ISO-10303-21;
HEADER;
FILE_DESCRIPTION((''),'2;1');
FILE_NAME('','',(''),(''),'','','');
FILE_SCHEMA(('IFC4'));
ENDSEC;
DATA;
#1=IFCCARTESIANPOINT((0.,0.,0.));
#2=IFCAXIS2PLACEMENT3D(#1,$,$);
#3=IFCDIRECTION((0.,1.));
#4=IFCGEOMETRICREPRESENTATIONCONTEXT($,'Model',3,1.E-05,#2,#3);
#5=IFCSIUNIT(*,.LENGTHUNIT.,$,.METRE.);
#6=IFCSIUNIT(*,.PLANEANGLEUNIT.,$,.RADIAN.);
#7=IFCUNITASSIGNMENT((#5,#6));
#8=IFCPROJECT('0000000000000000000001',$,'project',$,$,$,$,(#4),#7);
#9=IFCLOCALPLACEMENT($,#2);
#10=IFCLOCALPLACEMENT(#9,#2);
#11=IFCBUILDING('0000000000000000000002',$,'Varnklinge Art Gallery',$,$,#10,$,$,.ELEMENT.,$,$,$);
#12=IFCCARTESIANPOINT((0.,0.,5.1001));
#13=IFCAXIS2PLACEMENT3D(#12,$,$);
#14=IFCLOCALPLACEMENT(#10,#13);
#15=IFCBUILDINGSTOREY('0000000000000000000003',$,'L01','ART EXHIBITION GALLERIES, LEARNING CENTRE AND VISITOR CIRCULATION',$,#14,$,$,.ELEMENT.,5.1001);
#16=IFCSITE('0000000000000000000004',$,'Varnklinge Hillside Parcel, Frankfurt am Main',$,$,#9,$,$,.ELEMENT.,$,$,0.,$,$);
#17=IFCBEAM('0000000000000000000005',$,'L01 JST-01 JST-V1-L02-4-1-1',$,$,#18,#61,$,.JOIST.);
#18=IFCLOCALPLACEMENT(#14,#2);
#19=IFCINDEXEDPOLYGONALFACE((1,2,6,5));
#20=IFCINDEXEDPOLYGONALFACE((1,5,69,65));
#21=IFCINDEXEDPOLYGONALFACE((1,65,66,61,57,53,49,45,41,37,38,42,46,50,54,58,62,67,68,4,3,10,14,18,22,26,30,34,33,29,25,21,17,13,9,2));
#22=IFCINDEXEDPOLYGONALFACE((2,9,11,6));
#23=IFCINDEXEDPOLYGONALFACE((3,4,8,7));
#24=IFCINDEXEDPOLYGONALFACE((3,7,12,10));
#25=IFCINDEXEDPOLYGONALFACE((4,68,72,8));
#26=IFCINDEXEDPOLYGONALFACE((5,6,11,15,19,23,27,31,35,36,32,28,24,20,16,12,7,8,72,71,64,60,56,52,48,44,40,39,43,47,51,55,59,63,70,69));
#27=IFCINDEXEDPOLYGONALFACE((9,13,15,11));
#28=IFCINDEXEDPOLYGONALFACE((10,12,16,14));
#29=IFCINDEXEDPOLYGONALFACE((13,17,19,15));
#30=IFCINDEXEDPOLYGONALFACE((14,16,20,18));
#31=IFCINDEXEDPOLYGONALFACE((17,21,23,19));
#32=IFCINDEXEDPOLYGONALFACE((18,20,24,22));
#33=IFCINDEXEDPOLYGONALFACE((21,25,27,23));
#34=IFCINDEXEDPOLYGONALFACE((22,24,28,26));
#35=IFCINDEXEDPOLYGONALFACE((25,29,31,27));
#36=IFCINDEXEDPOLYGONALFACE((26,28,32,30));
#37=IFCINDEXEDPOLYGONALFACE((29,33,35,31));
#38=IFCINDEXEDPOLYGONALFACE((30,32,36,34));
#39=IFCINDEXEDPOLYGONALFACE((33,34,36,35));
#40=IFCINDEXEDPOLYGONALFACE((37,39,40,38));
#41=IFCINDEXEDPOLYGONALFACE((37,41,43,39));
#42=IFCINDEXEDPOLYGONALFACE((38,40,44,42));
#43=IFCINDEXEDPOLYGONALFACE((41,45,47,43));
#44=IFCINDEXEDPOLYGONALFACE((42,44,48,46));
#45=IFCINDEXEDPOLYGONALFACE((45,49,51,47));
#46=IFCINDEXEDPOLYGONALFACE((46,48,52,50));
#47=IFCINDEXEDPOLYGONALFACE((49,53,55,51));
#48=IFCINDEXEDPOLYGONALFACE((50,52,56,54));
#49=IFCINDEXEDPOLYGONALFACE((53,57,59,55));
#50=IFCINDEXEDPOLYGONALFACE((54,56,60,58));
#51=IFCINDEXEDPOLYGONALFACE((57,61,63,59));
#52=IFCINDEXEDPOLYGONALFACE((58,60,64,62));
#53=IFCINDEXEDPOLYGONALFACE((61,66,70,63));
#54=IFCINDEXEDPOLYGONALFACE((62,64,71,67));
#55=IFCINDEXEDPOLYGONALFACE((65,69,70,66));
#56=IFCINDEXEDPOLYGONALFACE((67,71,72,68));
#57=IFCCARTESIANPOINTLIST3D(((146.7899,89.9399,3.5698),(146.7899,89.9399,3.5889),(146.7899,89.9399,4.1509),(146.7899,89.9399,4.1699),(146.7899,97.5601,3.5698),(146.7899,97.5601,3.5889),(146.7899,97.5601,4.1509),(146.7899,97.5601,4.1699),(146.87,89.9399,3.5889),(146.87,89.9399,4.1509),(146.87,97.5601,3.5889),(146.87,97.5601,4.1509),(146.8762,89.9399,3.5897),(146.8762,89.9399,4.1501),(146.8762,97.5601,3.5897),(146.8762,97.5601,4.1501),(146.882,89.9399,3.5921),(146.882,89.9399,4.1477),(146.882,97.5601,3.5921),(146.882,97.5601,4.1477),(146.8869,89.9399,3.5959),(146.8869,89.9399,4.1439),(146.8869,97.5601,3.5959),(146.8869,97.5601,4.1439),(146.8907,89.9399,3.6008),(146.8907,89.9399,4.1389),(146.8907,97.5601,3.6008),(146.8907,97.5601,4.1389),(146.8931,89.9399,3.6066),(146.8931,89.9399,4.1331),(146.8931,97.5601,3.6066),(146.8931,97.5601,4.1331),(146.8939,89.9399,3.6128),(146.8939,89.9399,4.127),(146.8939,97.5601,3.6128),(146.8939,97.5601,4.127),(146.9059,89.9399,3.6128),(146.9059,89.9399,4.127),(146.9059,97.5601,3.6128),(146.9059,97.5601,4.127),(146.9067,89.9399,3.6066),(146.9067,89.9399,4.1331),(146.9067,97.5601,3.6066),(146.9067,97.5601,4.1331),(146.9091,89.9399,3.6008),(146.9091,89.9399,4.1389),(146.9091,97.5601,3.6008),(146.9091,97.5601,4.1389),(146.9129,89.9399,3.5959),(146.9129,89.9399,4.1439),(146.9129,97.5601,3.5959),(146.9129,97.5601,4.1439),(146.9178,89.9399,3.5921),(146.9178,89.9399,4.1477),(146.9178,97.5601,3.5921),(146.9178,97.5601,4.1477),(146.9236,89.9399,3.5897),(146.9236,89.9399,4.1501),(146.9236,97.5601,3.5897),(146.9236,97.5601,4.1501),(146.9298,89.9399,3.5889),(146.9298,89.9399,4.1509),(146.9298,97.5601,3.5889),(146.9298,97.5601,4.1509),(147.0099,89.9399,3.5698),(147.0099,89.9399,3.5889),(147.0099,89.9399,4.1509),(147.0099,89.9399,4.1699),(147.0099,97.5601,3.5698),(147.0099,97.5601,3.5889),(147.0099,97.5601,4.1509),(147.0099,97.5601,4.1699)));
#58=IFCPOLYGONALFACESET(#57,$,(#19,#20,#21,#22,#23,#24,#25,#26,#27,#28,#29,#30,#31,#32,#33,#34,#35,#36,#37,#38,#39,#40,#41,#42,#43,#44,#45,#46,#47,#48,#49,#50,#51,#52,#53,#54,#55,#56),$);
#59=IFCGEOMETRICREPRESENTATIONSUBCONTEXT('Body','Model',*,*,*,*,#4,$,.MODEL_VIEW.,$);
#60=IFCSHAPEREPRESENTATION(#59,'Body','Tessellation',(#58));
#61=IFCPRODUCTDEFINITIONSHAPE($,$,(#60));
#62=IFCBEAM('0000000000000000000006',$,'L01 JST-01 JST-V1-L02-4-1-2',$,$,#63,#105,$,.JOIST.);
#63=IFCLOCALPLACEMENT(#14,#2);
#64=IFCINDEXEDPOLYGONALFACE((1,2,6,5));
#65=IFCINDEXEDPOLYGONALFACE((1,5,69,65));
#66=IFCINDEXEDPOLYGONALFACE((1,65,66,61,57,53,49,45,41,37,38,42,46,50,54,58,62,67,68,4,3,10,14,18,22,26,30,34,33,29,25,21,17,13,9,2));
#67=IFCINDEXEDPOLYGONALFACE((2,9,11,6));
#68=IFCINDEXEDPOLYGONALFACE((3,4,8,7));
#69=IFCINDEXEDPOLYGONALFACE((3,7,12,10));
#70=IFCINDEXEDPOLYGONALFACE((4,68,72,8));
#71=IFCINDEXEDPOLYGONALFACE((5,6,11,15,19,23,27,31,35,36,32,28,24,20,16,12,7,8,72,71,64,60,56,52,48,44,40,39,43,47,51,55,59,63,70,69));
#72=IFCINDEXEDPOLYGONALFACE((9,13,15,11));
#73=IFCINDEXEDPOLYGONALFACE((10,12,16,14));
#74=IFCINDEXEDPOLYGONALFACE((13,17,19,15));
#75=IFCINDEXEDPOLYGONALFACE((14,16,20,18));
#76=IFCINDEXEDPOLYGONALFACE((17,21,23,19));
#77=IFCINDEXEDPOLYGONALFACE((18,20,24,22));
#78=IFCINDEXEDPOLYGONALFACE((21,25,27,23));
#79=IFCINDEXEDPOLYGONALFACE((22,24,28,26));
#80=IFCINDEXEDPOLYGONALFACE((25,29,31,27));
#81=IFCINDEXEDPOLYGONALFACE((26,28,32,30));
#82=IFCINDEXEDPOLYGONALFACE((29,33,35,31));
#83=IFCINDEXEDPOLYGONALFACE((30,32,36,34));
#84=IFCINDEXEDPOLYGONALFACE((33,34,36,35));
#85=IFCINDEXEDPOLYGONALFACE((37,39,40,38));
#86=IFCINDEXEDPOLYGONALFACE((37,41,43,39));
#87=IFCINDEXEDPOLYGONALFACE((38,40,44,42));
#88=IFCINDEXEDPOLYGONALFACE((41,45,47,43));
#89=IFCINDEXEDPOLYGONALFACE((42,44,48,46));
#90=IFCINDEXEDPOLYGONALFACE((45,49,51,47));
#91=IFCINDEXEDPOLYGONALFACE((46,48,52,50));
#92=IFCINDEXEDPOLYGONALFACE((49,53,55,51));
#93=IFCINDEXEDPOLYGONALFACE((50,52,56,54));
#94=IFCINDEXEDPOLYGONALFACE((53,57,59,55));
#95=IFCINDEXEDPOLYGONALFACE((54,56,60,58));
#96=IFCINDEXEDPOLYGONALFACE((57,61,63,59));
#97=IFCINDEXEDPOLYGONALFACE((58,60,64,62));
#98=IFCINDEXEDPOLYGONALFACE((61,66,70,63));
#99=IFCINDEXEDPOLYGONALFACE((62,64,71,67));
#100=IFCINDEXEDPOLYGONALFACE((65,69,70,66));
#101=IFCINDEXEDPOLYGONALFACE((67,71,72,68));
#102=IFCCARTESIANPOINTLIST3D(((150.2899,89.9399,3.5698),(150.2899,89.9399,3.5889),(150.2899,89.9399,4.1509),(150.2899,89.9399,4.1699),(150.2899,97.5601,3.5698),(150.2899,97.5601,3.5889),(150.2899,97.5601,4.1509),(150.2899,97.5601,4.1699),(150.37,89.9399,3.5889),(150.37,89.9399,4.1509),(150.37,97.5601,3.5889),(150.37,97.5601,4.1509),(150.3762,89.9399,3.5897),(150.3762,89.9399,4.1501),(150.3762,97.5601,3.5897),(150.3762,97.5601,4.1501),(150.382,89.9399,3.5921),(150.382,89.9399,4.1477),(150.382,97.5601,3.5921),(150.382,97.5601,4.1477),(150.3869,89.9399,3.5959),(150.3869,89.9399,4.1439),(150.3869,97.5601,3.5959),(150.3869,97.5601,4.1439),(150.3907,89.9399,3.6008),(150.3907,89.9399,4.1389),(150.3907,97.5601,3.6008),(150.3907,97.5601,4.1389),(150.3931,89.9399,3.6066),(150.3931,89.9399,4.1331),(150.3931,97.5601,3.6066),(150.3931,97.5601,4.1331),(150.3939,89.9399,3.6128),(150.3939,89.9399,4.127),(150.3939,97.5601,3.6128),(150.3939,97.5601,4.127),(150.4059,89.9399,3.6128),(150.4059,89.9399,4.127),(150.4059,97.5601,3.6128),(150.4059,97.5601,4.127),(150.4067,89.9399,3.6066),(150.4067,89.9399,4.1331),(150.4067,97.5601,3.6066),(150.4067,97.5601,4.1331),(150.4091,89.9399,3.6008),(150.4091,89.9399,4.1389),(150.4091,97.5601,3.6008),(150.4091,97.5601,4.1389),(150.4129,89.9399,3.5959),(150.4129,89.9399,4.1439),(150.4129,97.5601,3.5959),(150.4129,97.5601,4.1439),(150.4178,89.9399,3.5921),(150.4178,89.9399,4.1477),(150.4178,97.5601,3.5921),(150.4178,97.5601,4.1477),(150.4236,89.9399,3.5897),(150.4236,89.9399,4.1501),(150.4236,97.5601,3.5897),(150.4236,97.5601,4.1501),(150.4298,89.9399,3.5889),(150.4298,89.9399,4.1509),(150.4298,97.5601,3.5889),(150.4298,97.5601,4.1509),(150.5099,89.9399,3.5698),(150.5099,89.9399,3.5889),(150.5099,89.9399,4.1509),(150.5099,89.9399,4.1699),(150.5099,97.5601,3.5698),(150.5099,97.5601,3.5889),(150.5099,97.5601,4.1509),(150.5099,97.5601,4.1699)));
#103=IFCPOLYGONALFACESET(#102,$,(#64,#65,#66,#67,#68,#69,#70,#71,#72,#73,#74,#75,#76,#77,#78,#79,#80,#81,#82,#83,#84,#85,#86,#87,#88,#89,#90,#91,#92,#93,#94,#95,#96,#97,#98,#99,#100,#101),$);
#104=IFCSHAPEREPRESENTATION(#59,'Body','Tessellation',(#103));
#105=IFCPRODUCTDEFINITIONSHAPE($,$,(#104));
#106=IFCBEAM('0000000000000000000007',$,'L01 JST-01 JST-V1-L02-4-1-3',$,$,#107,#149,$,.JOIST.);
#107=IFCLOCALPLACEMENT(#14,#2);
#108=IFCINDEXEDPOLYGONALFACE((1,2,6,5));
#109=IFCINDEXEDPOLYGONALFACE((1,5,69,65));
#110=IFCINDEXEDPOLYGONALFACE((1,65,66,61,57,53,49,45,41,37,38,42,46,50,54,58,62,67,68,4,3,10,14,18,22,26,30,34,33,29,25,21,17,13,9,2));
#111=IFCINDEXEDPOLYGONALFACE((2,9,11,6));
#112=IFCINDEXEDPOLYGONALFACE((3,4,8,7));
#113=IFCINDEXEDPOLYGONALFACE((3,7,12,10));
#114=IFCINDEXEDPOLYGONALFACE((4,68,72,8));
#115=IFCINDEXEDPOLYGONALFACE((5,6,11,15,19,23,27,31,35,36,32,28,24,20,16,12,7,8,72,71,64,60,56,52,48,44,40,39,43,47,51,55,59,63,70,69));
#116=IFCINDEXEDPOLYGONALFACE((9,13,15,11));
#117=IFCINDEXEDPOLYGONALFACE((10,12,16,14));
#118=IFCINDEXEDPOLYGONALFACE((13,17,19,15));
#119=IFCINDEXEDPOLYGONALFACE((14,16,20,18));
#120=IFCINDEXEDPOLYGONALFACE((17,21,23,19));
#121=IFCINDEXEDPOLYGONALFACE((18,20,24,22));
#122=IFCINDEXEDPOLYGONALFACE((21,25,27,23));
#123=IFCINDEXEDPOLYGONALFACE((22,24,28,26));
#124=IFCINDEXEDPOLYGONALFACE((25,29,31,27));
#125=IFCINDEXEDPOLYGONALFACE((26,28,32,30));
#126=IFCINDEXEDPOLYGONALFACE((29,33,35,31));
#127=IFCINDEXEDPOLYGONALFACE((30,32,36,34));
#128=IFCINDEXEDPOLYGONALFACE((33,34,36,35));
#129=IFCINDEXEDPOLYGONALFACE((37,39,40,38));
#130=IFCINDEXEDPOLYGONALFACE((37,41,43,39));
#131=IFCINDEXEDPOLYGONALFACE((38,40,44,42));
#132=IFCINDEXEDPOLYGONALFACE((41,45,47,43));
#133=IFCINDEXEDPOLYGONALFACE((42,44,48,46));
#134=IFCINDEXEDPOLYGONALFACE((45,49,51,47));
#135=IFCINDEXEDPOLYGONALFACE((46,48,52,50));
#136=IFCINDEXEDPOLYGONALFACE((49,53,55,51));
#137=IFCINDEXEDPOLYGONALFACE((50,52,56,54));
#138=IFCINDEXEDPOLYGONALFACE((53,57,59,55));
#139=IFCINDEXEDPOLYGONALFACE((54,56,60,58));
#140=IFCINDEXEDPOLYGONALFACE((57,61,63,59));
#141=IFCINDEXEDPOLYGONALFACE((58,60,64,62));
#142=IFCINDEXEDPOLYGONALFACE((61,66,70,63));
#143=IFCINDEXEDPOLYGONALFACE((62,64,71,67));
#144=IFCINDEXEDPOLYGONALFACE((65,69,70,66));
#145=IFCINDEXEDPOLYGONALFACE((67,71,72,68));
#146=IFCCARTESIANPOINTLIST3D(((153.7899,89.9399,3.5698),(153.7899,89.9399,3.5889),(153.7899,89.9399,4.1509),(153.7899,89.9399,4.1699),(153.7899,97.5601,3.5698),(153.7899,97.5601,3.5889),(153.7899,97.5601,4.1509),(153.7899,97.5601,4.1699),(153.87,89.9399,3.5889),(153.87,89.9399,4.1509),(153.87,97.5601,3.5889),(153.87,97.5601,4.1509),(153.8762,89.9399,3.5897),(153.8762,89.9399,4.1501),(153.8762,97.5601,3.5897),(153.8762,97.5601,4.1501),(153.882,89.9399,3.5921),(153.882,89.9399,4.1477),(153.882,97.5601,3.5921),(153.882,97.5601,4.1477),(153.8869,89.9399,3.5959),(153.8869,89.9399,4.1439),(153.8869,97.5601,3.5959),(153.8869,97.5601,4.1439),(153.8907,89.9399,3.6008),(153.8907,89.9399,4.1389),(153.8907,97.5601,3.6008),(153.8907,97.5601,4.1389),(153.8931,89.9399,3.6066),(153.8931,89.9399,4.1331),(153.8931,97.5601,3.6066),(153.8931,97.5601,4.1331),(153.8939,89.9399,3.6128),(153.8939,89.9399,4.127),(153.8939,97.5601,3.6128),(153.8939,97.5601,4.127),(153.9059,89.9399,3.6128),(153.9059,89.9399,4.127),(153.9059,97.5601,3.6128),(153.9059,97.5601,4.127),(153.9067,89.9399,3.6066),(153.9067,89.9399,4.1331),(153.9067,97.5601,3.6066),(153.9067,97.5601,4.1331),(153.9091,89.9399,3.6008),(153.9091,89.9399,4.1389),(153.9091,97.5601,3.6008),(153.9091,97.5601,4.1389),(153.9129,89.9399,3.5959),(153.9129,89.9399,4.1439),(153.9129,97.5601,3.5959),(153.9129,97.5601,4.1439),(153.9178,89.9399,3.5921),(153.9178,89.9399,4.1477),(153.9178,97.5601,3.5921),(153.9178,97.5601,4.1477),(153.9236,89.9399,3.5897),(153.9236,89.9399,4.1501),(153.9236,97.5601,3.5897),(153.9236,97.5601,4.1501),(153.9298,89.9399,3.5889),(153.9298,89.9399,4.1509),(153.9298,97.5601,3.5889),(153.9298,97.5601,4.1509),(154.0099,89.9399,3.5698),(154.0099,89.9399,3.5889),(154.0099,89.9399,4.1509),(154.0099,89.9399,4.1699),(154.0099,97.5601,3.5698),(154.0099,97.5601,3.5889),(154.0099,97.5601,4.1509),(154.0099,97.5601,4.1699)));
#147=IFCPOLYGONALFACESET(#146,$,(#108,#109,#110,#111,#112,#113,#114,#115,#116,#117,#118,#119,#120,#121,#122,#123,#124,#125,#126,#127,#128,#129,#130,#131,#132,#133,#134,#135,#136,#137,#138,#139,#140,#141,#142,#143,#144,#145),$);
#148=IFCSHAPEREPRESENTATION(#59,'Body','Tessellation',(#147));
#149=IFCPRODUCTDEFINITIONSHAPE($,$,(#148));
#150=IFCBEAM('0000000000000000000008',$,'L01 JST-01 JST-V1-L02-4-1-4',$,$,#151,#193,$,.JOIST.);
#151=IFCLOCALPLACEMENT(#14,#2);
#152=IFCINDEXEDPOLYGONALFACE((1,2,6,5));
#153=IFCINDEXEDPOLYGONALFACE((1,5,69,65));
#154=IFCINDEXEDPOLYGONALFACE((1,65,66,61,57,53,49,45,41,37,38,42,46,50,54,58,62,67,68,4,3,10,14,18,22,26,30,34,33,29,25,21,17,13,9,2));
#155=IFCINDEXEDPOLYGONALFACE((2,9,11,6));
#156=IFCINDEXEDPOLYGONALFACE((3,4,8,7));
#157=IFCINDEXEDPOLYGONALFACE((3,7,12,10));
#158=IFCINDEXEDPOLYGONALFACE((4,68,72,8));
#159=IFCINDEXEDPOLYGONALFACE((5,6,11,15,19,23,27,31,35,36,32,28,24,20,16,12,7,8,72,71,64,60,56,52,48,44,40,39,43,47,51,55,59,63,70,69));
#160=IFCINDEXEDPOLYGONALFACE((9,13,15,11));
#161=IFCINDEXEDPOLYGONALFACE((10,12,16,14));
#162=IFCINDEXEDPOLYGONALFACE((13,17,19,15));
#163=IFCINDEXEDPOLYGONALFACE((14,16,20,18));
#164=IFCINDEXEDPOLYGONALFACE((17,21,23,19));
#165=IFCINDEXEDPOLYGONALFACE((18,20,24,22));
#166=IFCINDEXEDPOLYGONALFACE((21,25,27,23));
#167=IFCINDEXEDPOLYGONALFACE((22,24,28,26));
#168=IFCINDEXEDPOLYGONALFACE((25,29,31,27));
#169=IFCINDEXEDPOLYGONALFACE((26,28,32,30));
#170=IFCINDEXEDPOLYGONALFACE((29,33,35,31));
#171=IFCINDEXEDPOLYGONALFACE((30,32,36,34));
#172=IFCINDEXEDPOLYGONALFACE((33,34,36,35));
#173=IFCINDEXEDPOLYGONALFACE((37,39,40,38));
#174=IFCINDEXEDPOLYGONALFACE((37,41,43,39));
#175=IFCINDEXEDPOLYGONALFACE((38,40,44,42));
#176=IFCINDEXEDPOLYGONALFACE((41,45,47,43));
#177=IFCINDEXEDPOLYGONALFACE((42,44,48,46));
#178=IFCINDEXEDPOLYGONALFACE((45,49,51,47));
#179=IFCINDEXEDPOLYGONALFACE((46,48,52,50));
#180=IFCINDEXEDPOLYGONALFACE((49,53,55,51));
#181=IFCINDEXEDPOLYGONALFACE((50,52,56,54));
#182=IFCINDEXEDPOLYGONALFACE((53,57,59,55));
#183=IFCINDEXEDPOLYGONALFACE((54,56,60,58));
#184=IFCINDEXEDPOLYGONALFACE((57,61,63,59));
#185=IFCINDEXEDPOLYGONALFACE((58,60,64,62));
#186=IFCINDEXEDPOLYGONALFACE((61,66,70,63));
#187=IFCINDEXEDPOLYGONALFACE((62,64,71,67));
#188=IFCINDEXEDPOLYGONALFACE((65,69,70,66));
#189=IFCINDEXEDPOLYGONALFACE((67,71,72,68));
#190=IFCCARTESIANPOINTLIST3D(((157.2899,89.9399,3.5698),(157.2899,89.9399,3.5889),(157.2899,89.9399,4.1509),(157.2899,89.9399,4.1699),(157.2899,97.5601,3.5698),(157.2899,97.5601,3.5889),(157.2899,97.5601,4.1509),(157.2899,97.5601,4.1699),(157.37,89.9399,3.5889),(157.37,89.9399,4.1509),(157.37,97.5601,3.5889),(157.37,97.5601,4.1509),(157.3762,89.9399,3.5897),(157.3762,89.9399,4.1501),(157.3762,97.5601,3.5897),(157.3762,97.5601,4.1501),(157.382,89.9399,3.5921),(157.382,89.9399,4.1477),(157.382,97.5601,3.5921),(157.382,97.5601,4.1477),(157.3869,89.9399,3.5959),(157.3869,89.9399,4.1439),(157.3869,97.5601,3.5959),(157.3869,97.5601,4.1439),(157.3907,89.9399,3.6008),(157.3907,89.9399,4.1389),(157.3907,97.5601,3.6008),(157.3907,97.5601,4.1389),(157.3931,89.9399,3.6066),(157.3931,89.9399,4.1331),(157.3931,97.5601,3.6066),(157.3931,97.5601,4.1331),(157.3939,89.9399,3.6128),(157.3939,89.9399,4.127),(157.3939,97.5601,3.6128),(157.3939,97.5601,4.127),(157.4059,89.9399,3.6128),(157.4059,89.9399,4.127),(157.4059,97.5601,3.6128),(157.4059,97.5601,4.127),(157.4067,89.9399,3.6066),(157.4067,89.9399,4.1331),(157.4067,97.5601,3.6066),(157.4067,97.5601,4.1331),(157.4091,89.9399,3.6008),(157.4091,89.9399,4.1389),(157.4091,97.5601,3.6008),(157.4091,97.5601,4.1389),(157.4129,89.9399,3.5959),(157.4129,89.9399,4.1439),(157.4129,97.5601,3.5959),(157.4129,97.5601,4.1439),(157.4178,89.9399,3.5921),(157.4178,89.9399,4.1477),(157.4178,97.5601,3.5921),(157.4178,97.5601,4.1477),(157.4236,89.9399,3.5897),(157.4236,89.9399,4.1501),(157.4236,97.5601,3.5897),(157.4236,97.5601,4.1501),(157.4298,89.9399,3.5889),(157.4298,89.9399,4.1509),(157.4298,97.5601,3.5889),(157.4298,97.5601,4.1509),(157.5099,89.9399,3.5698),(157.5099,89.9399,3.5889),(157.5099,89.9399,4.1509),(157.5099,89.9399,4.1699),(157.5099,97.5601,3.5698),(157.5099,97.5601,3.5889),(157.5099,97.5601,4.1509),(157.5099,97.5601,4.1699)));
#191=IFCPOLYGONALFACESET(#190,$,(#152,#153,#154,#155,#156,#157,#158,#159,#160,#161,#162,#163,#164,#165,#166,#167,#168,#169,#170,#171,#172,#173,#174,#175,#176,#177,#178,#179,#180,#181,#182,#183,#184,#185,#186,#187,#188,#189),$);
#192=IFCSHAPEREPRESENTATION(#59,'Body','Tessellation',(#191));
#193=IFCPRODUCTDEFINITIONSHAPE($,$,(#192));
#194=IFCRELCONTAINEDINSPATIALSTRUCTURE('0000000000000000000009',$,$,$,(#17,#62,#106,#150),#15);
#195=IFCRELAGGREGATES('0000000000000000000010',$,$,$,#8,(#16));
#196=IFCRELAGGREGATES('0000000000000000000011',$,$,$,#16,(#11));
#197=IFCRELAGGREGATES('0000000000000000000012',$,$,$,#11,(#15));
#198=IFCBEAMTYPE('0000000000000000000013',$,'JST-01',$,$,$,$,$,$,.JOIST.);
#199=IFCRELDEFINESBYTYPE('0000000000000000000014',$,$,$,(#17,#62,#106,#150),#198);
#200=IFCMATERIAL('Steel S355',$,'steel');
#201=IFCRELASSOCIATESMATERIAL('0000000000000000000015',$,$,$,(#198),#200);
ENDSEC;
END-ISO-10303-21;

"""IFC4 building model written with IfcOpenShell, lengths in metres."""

from ifc_helpers import new_model, si_unit, direction, frame, origin, origin_2d, place, context, subcontext, project, spatial, i_section, extrude, material, material_profile, profile_set, type_object, element, save


model = new_model("IFC4")

# Units and contexts
model_context = context("Model", 3, precision=1e-05, world=origin(), true_north=direction((0.0, 1.0)))
body_context = subcontext(model_context, "Body", "Model", "MODEL_VIEW")
ifc_project = project(units=[si_unit("LENGTHUNIT", "METRE"), si_unit("PLANEANGLEUNIT", "RADIAN")], contexts=[model_context])

# Site, building, storey
site_placement = place(None, origin())
site = spatial("IfcSite", under=ifc_project, at=site_placement, Name="Varnklinge Hillside Parcel, Frankfurt am Main", CompositionType="ELEMENT", RefElevation=0.0)
building_placement = place(site_placement, origin())
building = spatial("IfcBuilding", under=site, at=building_placement, Name="Varnklinge Art Gallery", CompositionType="ELEMENT")
storey_placement = place(building_placement, frame((0.0, 0.0, 5.1001)))
storey = spatial("IfcBuildingStorey", under=building, at=storey_placement, Name="L01", Description="ART EXHIBITION GALLERIES, LEARNING CENTRE AND VISITOR CIRCULATION", CompositionType="ELEMENT", Elevation=5.1001)

# Beams
ifc_material_1 = material(Name="Steel S355", Category="steel")
ifc_material_profile_1 = material_profile(ifc_material_1, i_section(OverallWidth=0.22, OverallDepth=0.6001, WebThickness=0.012, FlangeThickness=0.019, FilletRadius=0.0239, at=origin_2d()), Name="IPE 600")
ifc_profile_set_1 = profile_set([ifc_material_profile_1], Name="Steel S355")
beam_type_1 = type_object("IfcBeamType", Name="JST-01", PredefinedType="JOIST", material=ifc_profile_set_1)
for number, where, z_axis, x_axis, name in (
    (1, (146.8999, 89.9399, 3.8699), (0.0, 1.0, 0.0), (-1.0, 0.0, 0.0), "L01 JST-01 JST-V1-L02-4-1-1"),
    (2, (150.3999, 89.9399, 3.8699), (0.0, 1.0, 0.0), (-1.0, 0.0, 0.0), "L01 JST-01 JST-V1-L02-4-1-2"),
    (3, (153.8999, 89.9399, 3.8699), (0.0, 1.0, 0.0), (-1.0, 0.0, 0.0), "L01 JST-01 JST-V1-L02-4-1-3"),
    (4, (157.3999, 89.9399, 3.8699), (0.0, 1.0, 0.0), (-1.0, 0.0, 0.0), "L01 JST-01 JST-V1-L02-4-1-4"),
):
    element("IfcBeam", number, at=place(storey_placement, frame(where, z_axis=z_axis, x_axis=x_axis)), inside=storey, type_object=beam_type_1, Name=name, PredefinedType="JOIST", context=body_context, shape_type="SweptSolid", body=[
        extrude(i_section(OverallWidth=0.22, OverallDepth=0.6001, WebThickness=0.012, FlangeThickness=0.019, FilletRadius=0.0239, at=origin_2d()), origin(), (0.0, 0.0, 1.0), 7.6201),
    ])

save(model, "model.ifc")
